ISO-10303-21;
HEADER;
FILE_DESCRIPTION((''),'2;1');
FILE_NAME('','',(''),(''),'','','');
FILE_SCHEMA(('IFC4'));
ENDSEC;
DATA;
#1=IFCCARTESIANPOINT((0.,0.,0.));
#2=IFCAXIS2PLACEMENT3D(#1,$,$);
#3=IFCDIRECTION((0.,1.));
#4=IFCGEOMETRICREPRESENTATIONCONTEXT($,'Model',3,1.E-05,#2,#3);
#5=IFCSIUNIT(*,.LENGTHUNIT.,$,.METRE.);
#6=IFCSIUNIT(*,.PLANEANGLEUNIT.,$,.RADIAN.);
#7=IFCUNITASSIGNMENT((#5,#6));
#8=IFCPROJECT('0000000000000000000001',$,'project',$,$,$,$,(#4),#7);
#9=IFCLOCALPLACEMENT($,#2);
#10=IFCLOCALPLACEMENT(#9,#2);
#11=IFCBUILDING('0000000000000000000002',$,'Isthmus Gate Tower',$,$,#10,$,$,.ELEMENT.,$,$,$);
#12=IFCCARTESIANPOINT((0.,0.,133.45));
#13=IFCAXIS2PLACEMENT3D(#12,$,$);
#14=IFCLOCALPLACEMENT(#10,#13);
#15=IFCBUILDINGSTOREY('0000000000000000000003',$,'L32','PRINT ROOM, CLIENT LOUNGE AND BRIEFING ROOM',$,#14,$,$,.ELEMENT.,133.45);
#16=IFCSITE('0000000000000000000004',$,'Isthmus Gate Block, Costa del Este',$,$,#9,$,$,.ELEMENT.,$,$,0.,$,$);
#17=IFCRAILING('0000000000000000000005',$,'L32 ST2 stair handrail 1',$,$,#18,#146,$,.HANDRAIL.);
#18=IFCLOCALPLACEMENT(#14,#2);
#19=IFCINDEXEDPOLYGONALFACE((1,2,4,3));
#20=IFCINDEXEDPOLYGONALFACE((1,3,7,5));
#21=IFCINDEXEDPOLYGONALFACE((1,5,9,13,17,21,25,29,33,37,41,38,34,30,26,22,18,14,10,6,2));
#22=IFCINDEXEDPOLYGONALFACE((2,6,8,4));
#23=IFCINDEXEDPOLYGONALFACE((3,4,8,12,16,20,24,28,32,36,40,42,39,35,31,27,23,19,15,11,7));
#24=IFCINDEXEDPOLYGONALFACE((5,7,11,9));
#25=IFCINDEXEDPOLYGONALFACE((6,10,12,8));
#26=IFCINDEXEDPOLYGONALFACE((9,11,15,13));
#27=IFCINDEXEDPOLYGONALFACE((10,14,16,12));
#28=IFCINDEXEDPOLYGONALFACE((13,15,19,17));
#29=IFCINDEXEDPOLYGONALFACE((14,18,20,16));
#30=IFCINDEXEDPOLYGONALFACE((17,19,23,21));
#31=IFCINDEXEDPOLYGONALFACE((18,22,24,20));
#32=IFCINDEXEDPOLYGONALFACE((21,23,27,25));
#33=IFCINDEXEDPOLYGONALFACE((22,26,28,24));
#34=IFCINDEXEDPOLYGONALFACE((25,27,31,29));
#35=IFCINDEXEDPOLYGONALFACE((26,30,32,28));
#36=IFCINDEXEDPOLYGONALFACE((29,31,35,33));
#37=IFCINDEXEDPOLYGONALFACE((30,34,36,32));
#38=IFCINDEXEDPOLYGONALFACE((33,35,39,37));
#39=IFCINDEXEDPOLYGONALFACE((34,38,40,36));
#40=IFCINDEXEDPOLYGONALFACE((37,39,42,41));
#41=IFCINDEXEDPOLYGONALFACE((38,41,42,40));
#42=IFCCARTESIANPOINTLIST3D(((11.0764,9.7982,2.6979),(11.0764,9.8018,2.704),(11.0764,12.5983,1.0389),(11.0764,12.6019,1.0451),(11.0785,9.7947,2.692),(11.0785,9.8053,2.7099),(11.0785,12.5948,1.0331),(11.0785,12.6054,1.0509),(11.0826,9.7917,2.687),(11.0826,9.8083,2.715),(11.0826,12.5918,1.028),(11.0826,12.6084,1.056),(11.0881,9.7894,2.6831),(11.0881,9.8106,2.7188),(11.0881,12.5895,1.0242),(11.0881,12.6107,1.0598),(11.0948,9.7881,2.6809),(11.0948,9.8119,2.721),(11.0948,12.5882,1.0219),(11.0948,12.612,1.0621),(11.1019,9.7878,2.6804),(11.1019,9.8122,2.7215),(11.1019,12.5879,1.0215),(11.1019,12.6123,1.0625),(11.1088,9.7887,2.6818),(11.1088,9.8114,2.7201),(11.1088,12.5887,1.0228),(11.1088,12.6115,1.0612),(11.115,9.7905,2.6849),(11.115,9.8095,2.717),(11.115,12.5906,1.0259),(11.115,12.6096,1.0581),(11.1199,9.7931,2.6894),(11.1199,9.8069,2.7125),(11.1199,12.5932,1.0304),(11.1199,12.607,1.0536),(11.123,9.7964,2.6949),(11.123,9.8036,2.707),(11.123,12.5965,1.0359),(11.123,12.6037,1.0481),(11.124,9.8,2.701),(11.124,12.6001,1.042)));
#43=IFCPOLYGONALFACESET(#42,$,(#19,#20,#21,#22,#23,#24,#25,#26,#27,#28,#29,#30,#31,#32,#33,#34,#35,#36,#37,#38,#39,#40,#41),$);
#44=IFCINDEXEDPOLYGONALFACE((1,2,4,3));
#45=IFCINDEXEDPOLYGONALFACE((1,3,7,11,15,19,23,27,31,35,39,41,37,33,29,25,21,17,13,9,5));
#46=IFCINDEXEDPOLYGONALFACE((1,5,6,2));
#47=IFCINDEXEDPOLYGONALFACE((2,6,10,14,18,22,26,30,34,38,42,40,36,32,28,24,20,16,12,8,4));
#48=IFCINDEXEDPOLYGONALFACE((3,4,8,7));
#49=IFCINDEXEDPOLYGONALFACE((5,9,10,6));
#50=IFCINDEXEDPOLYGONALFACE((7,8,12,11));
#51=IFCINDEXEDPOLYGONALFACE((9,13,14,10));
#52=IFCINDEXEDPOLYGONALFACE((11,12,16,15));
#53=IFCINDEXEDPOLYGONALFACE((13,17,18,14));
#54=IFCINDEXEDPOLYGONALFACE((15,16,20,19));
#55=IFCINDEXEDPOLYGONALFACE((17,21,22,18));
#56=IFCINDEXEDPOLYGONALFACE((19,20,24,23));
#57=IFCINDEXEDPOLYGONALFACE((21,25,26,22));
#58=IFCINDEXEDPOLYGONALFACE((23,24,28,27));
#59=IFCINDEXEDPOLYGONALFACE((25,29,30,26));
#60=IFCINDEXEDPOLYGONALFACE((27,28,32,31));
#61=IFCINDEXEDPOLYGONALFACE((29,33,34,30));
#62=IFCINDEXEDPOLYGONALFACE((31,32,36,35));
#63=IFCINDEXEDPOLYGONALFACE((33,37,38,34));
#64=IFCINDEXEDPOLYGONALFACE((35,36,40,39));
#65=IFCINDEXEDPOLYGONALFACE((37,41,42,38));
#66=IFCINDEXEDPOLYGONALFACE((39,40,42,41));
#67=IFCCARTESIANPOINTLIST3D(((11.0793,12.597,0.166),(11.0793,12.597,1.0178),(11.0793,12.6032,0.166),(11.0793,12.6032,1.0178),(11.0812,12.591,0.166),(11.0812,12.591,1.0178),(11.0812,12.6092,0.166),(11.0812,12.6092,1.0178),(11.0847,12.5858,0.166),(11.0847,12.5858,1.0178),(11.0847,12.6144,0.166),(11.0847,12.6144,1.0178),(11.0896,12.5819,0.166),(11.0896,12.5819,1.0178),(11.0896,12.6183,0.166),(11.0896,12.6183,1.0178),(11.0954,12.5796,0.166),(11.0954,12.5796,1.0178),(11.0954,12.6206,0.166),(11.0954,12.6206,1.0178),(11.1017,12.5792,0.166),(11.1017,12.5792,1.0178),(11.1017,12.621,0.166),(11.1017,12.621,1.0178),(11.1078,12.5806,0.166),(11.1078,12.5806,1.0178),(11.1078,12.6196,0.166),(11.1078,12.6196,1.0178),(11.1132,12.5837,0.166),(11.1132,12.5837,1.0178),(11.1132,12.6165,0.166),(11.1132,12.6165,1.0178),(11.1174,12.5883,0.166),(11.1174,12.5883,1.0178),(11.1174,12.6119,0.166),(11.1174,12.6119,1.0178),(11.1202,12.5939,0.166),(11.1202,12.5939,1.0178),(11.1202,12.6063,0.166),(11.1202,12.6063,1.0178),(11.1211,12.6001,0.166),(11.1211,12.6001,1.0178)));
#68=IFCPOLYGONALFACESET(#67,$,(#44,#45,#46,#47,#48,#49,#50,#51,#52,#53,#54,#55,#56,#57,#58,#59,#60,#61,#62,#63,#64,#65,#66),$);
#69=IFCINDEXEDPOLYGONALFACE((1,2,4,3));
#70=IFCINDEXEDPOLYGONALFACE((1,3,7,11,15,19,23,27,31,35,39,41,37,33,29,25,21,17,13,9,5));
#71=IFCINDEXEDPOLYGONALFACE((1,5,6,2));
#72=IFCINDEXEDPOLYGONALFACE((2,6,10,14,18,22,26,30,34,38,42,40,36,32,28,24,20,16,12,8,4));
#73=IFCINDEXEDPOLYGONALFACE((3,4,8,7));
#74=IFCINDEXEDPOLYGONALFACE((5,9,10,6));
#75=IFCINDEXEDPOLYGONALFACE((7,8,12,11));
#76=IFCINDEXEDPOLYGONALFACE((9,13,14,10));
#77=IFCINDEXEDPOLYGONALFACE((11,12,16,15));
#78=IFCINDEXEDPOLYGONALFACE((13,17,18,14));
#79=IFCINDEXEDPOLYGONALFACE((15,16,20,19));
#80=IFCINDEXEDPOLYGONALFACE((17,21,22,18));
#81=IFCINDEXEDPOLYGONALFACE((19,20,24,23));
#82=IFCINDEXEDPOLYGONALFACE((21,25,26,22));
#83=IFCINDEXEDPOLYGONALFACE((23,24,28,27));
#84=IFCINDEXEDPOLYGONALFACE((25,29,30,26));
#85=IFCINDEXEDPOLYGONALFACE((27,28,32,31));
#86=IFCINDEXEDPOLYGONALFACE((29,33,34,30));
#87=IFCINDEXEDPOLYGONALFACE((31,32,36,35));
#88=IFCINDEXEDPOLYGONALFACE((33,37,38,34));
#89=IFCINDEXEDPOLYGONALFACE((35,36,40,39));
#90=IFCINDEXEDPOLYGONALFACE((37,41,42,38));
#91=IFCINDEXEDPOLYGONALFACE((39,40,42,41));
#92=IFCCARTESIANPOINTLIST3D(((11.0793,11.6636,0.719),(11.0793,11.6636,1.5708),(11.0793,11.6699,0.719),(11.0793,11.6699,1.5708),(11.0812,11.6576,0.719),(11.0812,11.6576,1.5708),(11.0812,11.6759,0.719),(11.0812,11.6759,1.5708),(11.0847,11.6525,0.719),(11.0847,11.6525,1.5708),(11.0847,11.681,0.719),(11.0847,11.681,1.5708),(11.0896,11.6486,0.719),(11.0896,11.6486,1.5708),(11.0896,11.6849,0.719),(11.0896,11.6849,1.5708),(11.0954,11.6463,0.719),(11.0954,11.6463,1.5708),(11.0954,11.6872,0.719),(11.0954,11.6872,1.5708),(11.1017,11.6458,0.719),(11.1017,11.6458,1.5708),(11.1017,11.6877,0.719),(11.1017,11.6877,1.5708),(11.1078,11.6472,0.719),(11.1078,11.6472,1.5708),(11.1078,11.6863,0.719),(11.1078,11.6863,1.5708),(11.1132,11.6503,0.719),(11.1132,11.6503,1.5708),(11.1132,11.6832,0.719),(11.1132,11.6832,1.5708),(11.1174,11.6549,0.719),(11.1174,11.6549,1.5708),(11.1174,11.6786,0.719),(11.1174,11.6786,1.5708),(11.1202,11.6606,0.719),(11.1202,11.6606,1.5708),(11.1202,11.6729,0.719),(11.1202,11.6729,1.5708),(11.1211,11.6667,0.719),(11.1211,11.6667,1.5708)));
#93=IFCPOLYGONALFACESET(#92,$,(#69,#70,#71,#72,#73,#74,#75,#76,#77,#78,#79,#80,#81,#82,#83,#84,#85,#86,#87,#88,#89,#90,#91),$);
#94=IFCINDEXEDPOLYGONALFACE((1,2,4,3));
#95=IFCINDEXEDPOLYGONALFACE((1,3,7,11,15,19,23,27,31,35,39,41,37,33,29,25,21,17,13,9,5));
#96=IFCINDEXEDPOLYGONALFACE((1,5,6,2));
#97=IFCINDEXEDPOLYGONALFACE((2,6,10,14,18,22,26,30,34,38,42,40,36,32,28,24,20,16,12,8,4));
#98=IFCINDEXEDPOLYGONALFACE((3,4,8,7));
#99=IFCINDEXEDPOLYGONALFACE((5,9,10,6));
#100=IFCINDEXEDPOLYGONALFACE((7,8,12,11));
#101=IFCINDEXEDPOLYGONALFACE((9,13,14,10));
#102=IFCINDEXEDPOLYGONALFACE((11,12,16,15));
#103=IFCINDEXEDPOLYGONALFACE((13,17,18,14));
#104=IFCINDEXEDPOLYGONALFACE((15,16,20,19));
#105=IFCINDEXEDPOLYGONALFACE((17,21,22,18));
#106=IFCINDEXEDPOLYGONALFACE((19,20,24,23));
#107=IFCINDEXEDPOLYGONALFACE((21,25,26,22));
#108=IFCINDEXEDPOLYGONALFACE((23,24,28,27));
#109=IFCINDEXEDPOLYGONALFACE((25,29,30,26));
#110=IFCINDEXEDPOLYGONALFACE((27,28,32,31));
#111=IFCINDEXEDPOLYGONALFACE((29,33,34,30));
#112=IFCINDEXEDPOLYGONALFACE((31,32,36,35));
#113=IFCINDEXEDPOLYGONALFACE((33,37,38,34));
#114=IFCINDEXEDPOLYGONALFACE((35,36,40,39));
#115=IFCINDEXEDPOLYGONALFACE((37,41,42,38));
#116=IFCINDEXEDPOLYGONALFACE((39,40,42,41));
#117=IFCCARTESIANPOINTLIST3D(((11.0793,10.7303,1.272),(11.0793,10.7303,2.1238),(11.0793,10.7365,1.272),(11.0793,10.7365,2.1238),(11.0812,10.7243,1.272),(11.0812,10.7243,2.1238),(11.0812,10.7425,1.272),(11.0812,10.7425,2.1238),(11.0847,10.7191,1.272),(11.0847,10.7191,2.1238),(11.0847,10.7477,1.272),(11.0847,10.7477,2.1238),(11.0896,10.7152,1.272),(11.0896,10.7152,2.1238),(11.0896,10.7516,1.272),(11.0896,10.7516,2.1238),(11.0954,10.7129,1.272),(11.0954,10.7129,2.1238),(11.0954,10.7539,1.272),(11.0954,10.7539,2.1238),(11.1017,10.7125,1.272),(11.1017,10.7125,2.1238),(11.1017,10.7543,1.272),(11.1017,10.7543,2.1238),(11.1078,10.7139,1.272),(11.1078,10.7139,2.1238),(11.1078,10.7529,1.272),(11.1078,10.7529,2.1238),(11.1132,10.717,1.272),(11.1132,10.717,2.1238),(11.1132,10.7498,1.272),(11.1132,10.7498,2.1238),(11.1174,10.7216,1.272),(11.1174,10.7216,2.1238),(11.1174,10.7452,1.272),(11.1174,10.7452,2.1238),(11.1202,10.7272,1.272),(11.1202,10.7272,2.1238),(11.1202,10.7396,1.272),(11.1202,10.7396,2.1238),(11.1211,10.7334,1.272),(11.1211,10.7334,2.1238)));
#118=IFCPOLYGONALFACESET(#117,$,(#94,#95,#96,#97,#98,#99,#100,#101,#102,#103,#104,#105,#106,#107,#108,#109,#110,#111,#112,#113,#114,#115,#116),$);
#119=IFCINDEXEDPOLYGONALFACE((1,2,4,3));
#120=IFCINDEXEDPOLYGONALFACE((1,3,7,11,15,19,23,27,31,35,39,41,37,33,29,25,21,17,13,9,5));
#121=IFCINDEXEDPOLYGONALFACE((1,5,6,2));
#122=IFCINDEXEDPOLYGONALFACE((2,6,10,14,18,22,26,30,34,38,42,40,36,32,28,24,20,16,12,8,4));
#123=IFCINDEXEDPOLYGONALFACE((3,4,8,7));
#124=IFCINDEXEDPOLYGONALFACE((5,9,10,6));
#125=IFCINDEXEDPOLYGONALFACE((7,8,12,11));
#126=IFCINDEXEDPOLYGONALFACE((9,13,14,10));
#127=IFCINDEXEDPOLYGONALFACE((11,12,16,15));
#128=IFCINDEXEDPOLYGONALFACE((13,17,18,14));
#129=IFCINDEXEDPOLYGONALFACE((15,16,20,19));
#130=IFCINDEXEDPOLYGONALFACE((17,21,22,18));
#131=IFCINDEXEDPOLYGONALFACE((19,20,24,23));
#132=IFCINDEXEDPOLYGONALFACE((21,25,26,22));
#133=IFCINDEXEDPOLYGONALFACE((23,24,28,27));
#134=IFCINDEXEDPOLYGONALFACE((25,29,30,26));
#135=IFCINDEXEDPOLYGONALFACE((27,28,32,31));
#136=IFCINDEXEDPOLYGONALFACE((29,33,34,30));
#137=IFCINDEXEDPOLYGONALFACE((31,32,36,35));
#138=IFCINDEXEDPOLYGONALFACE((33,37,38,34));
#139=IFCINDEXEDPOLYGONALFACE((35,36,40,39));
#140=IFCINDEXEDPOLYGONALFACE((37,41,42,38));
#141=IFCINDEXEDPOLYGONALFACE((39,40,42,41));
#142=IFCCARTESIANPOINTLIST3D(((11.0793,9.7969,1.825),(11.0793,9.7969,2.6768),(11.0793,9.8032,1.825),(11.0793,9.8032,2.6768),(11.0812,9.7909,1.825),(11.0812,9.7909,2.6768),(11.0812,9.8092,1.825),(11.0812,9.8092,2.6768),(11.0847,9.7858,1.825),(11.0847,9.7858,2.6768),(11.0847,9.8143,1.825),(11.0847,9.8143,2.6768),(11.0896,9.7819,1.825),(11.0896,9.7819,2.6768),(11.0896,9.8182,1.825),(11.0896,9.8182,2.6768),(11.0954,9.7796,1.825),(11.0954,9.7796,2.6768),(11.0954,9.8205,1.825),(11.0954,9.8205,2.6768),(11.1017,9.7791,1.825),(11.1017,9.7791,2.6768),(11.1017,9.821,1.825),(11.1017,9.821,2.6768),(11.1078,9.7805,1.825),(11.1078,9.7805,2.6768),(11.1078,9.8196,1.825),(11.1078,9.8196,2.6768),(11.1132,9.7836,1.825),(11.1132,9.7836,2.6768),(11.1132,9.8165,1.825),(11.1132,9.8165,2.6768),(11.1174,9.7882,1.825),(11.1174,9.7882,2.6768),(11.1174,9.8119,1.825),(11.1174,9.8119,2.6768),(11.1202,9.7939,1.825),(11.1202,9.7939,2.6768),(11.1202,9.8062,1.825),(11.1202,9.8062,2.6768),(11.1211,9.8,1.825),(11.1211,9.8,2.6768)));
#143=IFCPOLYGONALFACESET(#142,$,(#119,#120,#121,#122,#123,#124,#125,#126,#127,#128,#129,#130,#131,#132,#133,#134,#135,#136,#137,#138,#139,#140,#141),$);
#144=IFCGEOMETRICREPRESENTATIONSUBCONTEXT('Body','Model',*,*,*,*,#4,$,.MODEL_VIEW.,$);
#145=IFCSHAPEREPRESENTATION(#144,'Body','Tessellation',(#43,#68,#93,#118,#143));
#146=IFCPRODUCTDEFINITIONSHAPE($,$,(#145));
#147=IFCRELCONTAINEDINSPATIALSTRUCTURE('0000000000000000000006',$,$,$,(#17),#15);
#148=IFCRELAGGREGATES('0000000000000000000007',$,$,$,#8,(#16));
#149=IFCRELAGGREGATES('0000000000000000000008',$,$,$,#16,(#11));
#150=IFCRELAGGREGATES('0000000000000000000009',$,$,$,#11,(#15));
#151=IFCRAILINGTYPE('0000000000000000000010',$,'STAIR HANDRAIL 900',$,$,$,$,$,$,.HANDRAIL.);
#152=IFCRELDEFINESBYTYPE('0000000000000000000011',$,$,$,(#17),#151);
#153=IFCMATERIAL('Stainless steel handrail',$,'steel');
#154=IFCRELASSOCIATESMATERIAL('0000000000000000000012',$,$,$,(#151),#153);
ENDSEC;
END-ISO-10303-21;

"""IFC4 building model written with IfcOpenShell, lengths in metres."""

from ifc_helpers import new_model, si_unit, direction, frame, origin, origin_2d, place, context, subcontext, project, spatial, circle, extrude, material, type_object, element, save


model = new_model("IFC4")

# Units and contexts
model_context = context("Model", 3, precision=1e-05, world=origin(), true_north=direction((0.0, 1.0)))
body_context = subcontext(model_context, "Body", "Model", "MODEL_VIEW")
ifc_project = project(units=[si_unit("LENGTHUNIT", "METRE"), si_unit("PLANEANGLEUNIT", "RADIAN")], contexts=[model_context])

# Site, building, storey
site_placement = place(None, origin())
site = spatial("IfcSite", under=ifc_project, at=site_placement, Name="Isthmus Gate Block, Costa del Este", CompositionType="ELEMENT", RefElevation=0.0)
building_placement = place(site_placement, origin())
building = spatial("IfcBuilding", under=site, at=building_placement, Name="Isthmus Gate Tower", CompositionType="ELEMENT")
storey_placement = place(building_placement, frame((0.0, 0.0, 133.45)))
storey = spatial("IfcBuildingStorey", under=building, at=storey_placement, Name="L32", Description="PRINT ROOM, CLIENT LOUNGE AND BRIEFING ROOM", CompositionType="ELEMENT", Elevation=133.45)

# Railing
ifc_material_1 = material(Name="Stainless steel handrail", Category="steel")
railing_type_1 = type_object("IfcRailingType", Name="STAIR HANDRAIL 900", PredefinedType="HANDRAIL", material=ifc_material_1)
railing_1_placement = place(storey_placement, frame((11.1001, 12.6001, 0.166)))
element("IfcRailing", 1, at=railing_1_placement, inside=storey, type_object=railing_type_1, Name="L32 ST2 stair handrail 1", PredefinedType="HANDRAIL", context=body_context, shape_type="SweptSolid", body=[
    extrude(circle(Radius=0.0239, at=origin_2d()), frame((0.0, 0.0, 0.876), z_axis=(0.0, -0.860339, 0.509722), x_axis=(1.0, 0.0, 0.0)), (0.0, 0.0, 1.0), 3.2546),
    extrude(circle(Radius=0.021, at=origin_2d()), origin(), (0.0, 0.0, 1.0), 0.8518),
    extrude(circle(Radius=0.021, at=origin_2d()), frame((0.0, -0.9333, 0.553)), (0.0, 0.0, 1.0), 0.8518),
    extrude(circle(Radius=0.021, at=origin_2d()), frame((0.0, -1.8667, 1.106)), (0.0, 0.0, 1.0), 0.8518),
    extrude(circle(Radius=0.021, at=origin_2d()), frame((0.0, -2.8, 1.6589)), (0.0, 0.0, 1.0), 0.8518),
])

save(model, "model.ifc")
